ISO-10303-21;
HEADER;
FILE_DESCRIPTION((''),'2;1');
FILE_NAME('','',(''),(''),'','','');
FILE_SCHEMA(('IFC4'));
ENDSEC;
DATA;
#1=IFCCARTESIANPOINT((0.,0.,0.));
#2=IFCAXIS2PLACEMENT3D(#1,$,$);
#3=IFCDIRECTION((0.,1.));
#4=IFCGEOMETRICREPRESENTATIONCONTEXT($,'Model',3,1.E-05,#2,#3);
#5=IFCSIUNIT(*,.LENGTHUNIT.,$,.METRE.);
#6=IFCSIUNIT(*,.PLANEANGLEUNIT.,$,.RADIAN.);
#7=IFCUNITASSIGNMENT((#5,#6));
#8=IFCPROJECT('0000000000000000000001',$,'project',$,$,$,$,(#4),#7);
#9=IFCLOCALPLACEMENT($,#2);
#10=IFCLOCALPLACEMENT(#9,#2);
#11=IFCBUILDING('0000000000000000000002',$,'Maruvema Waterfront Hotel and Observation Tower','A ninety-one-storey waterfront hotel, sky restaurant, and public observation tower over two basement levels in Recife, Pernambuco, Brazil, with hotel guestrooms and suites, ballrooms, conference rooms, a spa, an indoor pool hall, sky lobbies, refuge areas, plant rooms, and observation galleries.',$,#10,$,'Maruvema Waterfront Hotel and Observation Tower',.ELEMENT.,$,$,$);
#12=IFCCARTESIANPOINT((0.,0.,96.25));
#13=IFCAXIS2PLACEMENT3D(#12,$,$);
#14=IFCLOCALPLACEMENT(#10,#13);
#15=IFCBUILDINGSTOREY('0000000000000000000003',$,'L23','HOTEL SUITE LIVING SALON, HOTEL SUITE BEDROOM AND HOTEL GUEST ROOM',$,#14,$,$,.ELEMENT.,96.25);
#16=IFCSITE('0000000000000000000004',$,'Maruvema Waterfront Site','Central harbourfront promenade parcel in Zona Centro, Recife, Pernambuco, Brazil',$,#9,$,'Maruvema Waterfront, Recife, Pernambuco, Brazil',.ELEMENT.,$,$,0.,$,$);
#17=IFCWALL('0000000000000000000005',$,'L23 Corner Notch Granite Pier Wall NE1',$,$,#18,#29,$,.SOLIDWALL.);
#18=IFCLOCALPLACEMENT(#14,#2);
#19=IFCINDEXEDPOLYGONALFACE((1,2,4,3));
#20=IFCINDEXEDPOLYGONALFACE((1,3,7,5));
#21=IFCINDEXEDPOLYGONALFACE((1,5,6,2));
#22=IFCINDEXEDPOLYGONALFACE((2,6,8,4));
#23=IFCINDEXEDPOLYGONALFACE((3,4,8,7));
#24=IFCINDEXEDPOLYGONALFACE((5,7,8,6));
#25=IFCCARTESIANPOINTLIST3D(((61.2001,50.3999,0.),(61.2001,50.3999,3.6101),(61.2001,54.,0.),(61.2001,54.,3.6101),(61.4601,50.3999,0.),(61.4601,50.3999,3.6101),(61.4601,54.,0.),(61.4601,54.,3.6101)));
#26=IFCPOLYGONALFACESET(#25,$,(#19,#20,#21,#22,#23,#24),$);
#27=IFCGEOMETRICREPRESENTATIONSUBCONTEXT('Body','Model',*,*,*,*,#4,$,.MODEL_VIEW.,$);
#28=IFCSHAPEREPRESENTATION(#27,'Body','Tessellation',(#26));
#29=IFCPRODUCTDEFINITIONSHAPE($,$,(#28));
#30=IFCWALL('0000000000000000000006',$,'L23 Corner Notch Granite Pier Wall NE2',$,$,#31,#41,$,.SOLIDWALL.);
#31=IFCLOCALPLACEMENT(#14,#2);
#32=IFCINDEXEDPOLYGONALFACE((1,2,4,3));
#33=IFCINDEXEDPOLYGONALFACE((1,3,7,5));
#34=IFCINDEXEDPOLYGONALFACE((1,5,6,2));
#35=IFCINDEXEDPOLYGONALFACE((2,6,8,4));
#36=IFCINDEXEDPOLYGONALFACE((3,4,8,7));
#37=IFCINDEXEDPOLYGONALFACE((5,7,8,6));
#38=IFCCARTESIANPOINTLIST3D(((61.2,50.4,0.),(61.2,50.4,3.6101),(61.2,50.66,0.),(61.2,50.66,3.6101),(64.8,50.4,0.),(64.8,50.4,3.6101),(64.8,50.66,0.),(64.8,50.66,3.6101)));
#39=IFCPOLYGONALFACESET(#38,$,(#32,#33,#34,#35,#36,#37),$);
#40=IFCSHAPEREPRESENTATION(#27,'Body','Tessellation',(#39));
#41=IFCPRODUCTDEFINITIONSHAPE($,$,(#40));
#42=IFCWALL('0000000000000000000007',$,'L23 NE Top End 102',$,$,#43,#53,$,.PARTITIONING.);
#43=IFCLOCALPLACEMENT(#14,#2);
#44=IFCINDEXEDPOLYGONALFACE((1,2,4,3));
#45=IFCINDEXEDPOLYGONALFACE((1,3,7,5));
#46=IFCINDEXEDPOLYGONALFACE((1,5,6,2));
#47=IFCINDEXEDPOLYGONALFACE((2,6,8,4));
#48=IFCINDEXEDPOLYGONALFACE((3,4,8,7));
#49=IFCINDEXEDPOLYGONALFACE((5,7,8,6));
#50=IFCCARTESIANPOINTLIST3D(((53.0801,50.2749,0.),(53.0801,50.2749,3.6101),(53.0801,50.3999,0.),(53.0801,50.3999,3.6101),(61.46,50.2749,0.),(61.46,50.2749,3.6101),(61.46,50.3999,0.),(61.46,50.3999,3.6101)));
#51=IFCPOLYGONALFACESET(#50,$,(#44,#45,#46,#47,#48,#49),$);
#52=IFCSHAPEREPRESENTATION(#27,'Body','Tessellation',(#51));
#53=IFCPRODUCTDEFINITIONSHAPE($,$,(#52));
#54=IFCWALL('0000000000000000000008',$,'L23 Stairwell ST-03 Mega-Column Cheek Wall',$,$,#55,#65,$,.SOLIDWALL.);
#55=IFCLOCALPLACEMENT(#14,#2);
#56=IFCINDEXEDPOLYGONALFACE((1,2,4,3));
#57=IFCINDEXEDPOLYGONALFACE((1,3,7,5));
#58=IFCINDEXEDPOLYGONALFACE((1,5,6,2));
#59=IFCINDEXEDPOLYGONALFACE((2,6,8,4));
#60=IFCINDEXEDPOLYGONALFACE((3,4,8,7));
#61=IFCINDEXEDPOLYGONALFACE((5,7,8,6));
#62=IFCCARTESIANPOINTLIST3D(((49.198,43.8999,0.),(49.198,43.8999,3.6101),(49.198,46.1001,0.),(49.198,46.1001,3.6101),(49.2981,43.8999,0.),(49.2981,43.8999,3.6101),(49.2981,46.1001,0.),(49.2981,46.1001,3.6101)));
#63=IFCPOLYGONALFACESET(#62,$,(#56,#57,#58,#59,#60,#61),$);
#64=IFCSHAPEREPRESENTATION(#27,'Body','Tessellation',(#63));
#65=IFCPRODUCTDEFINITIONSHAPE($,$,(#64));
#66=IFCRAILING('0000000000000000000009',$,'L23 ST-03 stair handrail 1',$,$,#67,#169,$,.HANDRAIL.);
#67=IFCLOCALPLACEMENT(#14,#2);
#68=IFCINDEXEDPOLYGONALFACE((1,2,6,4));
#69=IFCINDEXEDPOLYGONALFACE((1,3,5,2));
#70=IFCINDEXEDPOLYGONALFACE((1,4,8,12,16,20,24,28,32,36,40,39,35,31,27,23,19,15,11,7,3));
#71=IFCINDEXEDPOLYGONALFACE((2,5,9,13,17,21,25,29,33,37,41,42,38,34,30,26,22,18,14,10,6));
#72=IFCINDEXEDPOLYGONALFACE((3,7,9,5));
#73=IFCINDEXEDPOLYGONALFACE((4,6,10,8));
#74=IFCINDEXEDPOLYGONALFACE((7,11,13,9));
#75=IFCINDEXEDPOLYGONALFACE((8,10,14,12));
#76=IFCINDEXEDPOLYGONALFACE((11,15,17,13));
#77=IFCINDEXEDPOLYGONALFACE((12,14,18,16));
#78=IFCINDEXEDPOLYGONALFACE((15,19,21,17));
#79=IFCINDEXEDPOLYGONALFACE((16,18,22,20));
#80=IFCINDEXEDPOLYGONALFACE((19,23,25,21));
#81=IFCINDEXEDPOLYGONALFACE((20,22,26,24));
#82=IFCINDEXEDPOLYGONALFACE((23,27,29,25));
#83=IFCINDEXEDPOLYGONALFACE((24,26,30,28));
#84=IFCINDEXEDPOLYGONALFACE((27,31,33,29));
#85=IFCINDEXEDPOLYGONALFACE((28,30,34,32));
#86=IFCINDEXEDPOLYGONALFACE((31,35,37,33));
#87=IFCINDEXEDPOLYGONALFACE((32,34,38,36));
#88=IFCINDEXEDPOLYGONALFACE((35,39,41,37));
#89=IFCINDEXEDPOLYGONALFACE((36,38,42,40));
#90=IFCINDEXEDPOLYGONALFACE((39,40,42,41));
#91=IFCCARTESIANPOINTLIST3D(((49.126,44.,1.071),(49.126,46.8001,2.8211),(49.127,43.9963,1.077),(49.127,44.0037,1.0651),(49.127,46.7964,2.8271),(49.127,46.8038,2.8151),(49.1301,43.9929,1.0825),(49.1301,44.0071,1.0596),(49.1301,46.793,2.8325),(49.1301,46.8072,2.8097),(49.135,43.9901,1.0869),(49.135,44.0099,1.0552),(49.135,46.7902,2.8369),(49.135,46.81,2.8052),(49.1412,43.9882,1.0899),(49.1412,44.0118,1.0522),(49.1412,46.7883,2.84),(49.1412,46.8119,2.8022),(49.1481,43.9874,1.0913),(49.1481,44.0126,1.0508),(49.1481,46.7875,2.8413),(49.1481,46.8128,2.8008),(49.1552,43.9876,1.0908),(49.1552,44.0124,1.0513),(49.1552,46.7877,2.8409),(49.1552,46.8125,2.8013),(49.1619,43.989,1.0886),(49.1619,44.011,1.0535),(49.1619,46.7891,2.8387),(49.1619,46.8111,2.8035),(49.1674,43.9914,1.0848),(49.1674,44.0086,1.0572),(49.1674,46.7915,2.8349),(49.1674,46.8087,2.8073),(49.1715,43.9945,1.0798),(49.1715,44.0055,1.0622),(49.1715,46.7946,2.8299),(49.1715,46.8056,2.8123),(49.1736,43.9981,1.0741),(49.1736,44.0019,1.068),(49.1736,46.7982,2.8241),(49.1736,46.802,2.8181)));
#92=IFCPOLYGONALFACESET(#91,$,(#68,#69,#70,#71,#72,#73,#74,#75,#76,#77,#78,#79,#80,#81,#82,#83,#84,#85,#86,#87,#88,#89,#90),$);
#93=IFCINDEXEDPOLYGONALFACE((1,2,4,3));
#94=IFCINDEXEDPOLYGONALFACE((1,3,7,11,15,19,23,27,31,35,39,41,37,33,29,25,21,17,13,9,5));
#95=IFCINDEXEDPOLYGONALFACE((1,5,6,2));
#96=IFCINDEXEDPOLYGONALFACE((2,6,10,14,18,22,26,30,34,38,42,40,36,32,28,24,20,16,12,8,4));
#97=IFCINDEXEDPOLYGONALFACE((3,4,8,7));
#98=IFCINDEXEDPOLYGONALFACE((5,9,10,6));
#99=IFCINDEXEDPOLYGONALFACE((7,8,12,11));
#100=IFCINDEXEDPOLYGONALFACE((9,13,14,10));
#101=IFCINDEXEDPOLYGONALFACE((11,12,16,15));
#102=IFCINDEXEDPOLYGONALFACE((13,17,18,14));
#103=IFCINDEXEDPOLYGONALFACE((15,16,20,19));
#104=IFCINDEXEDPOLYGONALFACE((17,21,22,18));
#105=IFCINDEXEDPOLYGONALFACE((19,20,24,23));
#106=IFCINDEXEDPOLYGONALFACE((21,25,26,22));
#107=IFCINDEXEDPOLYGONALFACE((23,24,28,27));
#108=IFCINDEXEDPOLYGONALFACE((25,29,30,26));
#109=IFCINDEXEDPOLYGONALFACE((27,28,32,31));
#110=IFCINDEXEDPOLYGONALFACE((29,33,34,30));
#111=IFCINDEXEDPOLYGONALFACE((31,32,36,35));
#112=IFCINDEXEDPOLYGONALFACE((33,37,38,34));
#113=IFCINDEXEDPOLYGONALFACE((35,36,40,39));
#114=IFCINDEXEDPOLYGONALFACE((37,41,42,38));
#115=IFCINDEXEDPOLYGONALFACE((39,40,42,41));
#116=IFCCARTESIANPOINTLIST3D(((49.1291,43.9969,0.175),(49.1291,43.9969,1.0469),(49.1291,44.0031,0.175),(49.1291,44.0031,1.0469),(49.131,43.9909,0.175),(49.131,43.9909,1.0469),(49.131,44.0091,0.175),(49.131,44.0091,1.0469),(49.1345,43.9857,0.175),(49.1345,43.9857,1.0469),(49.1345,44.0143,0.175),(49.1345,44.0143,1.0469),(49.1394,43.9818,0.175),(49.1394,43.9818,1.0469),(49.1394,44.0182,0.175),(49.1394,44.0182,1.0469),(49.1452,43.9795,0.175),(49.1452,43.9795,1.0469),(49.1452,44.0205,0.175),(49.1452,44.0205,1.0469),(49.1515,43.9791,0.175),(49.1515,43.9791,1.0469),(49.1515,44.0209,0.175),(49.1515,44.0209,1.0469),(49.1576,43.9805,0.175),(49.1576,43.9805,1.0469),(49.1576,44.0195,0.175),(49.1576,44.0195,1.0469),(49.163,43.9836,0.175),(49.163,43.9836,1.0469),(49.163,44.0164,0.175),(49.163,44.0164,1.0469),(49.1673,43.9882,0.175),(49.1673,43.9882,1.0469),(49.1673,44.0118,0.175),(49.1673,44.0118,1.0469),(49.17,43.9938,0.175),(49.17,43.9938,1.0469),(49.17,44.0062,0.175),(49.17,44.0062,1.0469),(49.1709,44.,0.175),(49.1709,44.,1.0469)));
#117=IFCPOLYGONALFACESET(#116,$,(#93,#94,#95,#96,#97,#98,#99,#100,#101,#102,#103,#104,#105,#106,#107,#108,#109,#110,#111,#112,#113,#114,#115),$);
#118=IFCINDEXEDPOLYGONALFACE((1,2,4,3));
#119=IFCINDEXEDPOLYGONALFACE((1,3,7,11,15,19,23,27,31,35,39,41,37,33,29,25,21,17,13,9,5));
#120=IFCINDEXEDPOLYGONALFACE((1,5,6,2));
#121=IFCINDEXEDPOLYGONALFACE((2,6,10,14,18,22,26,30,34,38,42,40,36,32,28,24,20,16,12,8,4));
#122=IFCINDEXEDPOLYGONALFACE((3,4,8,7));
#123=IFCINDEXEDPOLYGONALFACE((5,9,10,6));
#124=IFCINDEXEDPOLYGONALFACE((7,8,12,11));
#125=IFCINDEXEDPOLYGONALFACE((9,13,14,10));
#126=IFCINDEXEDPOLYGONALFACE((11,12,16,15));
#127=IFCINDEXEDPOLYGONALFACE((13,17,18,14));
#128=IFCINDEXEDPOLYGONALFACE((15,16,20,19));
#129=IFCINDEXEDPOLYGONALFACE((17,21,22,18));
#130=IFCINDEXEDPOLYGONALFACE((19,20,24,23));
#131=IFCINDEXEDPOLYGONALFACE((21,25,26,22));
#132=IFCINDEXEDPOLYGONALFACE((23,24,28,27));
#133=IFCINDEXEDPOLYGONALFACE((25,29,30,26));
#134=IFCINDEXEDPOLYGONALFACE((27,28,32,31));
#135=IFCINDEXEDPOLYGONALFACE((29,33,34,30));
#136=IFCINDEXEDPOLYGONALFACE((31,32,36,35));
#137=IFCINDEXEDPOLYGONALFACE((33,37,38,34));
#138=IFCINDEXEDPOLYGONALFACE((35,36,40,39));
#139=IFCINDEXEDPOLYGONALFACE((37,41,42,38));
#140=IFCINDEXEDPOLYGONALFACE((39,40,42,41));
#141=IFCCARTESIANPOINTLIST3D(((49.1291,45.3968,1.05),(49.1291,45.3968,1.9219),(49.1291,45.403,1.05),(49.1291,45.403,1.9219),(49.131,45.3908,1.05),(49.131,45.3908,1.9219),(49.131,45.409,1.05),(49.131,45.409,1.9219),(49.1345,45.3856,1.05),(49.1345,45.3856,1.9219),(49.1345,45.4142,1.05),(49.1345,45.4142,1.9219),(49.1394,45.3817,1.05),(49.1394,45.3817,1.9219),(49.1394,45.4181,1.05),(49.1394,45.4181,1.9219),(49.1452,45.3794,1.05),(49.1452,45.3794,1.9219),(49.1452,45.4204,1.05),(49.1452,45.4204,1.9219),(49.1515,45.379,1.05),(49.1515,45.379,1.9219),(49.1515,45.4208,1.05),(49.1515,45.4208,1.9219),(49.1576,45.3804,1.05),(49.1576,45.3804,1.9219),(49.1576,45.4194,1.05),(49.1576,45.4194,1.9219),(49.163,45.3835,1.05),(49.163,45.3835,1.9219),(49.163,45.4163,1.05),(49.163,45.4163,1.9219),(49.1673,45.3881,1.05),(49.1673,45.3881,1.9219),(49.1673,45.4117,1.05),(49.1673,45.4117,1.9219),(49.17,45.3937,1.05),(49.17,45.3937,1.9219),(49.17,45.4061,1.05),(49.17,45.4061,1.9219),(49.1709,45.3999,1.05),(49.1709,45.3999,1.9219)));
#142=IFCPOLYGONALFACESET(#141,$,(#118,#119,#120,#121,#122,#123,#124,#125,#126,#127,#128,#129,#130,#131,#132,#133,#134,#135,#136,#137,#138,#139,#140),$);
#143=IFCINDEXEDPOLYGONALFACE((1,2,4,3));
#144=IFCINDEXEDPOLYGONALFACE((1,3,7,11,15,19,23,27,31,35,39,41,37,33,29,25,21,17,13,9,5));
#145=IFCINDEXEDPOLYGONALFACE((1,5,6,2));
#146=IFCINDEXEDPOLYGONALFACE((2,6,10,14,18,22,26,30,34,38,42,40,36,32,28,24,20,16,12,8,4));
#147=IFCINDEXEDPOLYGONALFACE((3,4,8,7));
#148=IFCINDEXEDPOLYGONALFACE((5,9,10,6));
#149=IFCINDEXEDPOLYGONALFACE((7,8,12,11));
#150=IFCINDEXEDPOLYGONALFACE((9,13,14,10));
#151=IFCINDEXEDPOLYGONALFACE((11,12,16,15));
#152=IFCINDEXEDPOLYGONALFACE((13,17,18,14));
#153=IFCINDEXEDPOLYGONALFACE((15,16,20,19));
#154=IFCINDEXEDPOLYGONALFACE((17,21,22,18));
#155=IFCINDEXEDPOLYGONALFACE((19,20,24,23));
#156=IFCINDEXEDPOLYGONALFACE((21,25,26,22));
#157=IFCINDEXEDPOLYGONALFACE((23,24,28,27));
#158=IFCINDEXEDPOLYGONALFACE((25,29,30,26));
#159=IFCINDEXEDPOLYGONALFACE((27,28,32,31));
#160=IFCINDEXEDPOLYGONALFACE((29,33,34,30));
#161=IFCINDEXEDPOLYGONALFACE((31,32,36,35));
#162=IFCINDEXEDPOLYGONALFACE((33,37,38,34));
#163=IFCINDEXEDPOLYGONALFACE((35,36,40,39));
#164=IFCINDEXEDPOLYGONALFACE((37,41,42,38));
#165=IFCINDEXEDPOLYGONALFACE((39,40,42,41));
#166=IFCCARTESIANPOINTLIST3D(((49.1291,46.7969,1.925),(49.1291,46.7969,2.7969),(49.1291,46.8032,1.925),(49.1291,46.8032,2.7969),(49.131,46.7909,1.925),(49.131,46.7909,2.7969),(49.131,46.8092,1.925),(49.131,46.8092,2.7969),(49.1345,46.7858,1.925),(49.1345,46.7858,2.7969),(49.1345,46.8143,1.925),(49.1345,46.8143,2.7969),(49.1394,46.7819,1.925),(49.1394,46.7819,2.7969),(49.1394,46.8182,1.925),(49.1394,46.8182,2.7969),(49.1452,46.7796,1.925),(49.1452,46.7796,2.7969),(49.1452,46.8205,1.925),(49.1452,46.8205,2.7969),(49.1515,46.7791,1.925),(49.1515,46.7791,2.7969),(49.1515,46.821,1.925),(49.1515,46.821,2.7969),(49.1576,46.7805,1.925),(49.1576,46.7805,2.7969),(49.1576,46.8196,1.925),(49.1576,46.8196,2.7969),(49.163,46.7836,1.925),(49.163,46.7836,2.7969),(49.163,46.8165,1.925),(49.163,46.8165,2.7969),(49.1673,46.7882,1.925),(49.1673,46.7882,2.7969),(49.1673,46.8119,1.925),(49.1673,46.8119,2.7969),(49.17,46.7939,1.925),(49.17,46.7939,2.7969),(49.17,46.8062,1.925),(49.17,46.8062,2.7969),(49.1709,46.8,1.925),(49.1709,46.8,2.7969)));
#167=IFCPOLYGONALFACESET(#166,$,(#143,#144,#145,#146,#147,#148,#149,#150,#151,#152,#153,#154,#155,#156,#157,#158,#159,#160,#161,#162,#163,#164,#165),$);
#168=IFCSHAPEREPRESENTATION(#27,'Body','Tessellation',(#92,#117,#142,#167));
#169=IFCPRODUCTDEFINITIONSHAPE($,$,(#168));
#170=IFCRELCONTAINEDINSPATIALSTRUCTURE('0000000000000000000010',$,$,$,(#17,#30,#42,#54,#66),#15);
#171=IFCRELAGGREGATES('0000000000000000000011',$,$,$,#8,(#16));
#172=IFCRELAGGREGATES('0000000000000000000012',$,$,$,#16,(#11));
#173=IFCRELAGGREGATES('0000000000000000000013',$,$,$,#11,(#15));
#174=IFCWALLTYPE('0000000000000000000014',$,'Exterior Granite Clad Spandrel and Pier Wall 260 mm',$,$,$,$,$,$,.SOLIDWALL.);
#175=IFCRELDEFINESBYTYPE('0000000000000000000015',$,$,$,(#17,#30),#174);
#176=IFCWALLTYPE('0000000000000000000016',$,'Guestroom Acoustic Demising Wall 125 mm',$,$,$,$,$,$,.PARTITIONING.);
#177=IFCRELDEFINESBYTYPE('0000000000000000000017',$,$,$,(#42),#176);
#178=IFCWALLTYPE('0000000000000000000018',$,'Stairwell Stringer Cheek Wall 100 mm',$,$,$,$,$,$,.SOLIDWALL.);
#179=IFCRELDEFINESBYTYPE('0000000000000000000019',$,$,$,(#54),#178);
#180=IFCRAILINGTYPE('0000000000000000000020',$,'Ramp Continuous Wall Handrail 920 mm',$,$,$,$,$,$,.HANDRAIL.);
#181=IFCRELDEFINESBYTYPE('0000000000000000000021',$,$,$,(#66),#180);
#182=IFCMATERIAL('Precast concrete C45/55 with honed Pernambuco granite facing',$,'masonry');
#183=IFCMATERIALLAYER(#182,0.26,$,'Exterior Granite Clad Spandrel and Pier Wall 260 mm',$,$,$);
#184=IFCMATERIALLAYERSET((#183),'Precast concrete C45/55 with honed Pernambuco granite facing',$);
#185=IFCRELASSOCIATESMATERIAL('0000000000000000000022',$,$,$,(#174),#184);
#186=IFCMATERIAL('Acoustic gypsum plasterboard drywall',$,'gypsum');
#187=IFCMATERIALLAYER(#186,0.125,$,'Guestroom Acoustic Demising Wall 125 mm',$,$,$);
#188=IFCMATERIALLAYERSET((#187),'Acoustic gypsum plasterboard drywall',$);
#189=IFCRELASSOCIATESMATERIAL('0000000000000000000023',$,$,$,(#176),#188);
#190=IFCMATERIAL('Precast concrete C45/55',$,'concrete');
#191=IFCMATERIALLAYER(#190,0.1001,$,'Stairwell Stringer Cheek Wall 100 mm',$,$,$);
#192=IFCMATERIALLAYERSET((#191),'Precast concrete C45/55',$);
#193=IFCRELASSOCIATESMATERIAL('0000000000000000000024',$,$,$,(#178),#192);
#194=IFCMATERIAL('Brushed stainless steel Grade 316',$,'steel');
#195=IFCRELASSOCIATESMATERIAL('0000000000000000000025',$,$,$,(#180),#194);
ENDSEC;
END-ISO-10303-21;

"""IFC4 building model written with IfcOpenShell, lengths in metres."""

from ifc_helpers import new_model, si_unit, direction, frame, frame_2d, origin, origin_2d, place, context, subcontext, project, spatial, rectangle, circle, extrude, material, layer, layer_set, type_object, element, save


model = new_model("IFC4")

# Units and contexts
model_context = context("Model", 3, precision=1e-05, world=origin(), true_north=direction((0.0, 1.0)))
body_context = subcontext(model_context, "Body", "Model", "MODEL_VIEW")
ifc_project = project(units=[si_unit("LENGTHUNIT", "METRE"), si_unit("PLANEANGLEUNIT", "RADIAN")], contexts=[model_context])

# Site, building, storey
site_placement = place(None, origin())
site = spatial("IfcSite", under=ifc_project, at=site_placement, Name="Maruvema Waterfront Site", Description="Central harbourfront promenade parcel in Zona Centro, Recife, Pernambuco, Brazil", LongName="Maruvema Waterfront, Recife, Pernambuco, Brazil", CompositionType="ELEMENT", RefElevation=0.0)
building_placement = place(site_placement, origin())
building = spatial("IfcBuilding", under=site, at=building_placement, Name="Maruvema Waterfront Hotel and Observation Tower", Description="A ninety-one-storey waterfront hotel, sky restaurant, and public observation tower over two basement levels in Recife, Pernambuco, Brazil, with hotel guestrooms and suites, ballrooms, conference rooms, a spa, an indoor pool hall, sky lobbies, refuge areas, plant rooms, and observation galleries.", LongName="Maruvema Waterfront Hotel and Observation Tower", CompositionType="ELEMENT")
storey_placement = place(building_placement, frame((0.0, 0.0, 96.25)))
storey = spatial("IfcBuildingStorey", under=building, at=storey_placement, Name="L23", Description="HOTEL SUITE LIVING SALON, HOTEL SUITE BEDROOM AND HOTEL GUEST ROOM", CompositionType="ELEMENT", Elevation=96.25)

# Walls
ifc_material_1 = material(Name="Precast concrete C45/55 with honed Pernambuco granite facing", Category="masonry")
ifc_layer_1 = layer(ifc_material_1, 0.26, Name="Exterior Granite Clad Spandrel and Pier Wall 260 mm")
ifc_layer_set_1 = layer_set([ifc_layer_1], Name="Precast concrete C45/55 with honed Pernambuco granite facing")
wall_type_1 = type_object("IfcWallType", Name="Exterior Granite Clad Spandrel and Pier Wall 260 mm", PredefinedType="SOLIDWALL", material=ifc_layer_set_1)
for number, where, z_axis, x_axis, name in (
    (1, (61.3301, 54.0, 0.0), (0.0, 0.0, 1.0), (0.0, -1.0, 0.0), "L23 Corner Notch Granite Pier Wall NE1"),
    (2, (61.2, 50.53, 0.0), (0.0, 0.0, 1.0), (1.0, 0.0, 0.0), "L23 Corner Notch Granite Pier Wall NE2"),
):
    element("IfcWall", number, at=place(storey_placement, frame(where, z_axis=z_axis, x_axis=x_axis)), inside=storey, type_object=wall_type_1, Name=name, PredefinedType="SOLIDWALL", context=body_context, shape_type="SweptSolid", body=[
        extrude(rectangle(XDim=3.6001, YDim=0.26, at=frame_2d((1.8, 0.0))), origin(), (0.0, 0.0, 1.0), 3.6101),
    ])
ifc_material_2 = material(Name="Acoustic gypsum plasterboard drywall", Category="gypsum")
ifc_layer_2 = layer(ifc_material_2, 0.125, Name="Guestroom Acoustic Demising Wall 125 mm")
ifc_layer_set_2 = layer_set([ifc_layer_2], Name="Acoustic gypsum plasterboard drywall")
wall_type_2 = type_object("IfcWallType", Name="Guestroom Acoustic Demising Wall 125 mm", PredefinedType="PARTITIONING", material=ifc_layer_set_2)
wall_1_placement = place(storey_placement, frame((53.0801, 50.3374, 0.0), z_axis=(0.0, 0.0, 1.0), x_axis=(1.0, 0.0, 0.0)))
element("IfcWall", 3, at=wall_1_placement, inside=storey, type_object=wall_type_2, Name="L23 NE Top End 102", PredefinedType="PARTITIONING", context=body_context, shape_type="SweptSolid", body=[
    extrude(rectangle(XDim=8.3799, YDim=0.125, at=frame_2d((4.1899, 0.0))), origin(), (0.0, 0.0, 1.0), 3.6101),
])
ifc_material_3 = material(Name="Precast concrete C45/55", Category="concrete")
ifc_layer_3 = layer(ifc_material_3, 0.1001, Name="Stairwell Stringer Cheek Wall 100 mm")
ifc_layer_set_3 = layer_set([ifc_layer_3], Name="Precast concrete C45/55")
wall_type_3 = type_object("IfcWallType", Name="Stairwell Stringer Cheek Wall 100 mm", PredefinedType="SOLIDWALL", material=ifc_layer_set_3)
wall_2_placement = place(storey_placement, frame((49.248, 43.8999, 0.0), z_axis=(0.0, 0.0, 1.0), x_axis=(0.0, 1.0, 0.0)))
element("IfcWall", 4, at=wall_2_placement, inside=storey, type_object=wall_type_3, Name="L23 Stairwell ST-03 Mega-Column Cheek Wall", PredefinedType="SOLIDWALL", context=body_context, shape_type="SweptSolid", body=[
    extrude(rectangle(XDim=2.2002, YDim=0.1001, at=frame_2d((1.1001, 0.0))), origin(), (0.0, 0.0, 1.0), 3.6101),
])

# Railing
ifc_material_4 = material(Name="Brushed stainless steel Grade 316", Category="steel")
railing_type = type_object("IfcRailingType", Name="Ramp Continuous Wall Handrail 920 mm", PredefinedType="HANDRAIL", material=ifc_material_4)
railing_placement = place(storey_placement, frame((49.1499, 44.0, 0.175)))
element("IfcRailing", 5, at=railing_placement, inside=storey, type_object=railing_type, Name="L23 ST-03 stair handrail 1", PredefinedType="HANDRAIL", context=body_context, shape_type="SweptSolid", body=[
    extrude(circle(Radius=0.0239, at=origin_2d()), frame((0.0, 0.0, 0.896), z_axis=(0.0, 0.848002, 0.529992), x_axis=(-1.0, 0.0, 0.0)), (0.0, 0.0, 1.0), 3.302),
    extrude(circle(Radius=0.021, at=origin_2d()), origin(), (0.0, 0.0, 1.0), 0.8718),
    extrude(circle(Radius=0.021, at=origin_2d()), frame((0.0, 1.3999, 0.875)), (0.0, 0.0, 1.0), 0.8718),
    extrude(circle(Radius=0.021, at=origin_2d()), frame((0.0, 2.8, 1.75)), (0.0, 0.0, 1.0), 0.8718),
])

save(model, "model.ifc")
